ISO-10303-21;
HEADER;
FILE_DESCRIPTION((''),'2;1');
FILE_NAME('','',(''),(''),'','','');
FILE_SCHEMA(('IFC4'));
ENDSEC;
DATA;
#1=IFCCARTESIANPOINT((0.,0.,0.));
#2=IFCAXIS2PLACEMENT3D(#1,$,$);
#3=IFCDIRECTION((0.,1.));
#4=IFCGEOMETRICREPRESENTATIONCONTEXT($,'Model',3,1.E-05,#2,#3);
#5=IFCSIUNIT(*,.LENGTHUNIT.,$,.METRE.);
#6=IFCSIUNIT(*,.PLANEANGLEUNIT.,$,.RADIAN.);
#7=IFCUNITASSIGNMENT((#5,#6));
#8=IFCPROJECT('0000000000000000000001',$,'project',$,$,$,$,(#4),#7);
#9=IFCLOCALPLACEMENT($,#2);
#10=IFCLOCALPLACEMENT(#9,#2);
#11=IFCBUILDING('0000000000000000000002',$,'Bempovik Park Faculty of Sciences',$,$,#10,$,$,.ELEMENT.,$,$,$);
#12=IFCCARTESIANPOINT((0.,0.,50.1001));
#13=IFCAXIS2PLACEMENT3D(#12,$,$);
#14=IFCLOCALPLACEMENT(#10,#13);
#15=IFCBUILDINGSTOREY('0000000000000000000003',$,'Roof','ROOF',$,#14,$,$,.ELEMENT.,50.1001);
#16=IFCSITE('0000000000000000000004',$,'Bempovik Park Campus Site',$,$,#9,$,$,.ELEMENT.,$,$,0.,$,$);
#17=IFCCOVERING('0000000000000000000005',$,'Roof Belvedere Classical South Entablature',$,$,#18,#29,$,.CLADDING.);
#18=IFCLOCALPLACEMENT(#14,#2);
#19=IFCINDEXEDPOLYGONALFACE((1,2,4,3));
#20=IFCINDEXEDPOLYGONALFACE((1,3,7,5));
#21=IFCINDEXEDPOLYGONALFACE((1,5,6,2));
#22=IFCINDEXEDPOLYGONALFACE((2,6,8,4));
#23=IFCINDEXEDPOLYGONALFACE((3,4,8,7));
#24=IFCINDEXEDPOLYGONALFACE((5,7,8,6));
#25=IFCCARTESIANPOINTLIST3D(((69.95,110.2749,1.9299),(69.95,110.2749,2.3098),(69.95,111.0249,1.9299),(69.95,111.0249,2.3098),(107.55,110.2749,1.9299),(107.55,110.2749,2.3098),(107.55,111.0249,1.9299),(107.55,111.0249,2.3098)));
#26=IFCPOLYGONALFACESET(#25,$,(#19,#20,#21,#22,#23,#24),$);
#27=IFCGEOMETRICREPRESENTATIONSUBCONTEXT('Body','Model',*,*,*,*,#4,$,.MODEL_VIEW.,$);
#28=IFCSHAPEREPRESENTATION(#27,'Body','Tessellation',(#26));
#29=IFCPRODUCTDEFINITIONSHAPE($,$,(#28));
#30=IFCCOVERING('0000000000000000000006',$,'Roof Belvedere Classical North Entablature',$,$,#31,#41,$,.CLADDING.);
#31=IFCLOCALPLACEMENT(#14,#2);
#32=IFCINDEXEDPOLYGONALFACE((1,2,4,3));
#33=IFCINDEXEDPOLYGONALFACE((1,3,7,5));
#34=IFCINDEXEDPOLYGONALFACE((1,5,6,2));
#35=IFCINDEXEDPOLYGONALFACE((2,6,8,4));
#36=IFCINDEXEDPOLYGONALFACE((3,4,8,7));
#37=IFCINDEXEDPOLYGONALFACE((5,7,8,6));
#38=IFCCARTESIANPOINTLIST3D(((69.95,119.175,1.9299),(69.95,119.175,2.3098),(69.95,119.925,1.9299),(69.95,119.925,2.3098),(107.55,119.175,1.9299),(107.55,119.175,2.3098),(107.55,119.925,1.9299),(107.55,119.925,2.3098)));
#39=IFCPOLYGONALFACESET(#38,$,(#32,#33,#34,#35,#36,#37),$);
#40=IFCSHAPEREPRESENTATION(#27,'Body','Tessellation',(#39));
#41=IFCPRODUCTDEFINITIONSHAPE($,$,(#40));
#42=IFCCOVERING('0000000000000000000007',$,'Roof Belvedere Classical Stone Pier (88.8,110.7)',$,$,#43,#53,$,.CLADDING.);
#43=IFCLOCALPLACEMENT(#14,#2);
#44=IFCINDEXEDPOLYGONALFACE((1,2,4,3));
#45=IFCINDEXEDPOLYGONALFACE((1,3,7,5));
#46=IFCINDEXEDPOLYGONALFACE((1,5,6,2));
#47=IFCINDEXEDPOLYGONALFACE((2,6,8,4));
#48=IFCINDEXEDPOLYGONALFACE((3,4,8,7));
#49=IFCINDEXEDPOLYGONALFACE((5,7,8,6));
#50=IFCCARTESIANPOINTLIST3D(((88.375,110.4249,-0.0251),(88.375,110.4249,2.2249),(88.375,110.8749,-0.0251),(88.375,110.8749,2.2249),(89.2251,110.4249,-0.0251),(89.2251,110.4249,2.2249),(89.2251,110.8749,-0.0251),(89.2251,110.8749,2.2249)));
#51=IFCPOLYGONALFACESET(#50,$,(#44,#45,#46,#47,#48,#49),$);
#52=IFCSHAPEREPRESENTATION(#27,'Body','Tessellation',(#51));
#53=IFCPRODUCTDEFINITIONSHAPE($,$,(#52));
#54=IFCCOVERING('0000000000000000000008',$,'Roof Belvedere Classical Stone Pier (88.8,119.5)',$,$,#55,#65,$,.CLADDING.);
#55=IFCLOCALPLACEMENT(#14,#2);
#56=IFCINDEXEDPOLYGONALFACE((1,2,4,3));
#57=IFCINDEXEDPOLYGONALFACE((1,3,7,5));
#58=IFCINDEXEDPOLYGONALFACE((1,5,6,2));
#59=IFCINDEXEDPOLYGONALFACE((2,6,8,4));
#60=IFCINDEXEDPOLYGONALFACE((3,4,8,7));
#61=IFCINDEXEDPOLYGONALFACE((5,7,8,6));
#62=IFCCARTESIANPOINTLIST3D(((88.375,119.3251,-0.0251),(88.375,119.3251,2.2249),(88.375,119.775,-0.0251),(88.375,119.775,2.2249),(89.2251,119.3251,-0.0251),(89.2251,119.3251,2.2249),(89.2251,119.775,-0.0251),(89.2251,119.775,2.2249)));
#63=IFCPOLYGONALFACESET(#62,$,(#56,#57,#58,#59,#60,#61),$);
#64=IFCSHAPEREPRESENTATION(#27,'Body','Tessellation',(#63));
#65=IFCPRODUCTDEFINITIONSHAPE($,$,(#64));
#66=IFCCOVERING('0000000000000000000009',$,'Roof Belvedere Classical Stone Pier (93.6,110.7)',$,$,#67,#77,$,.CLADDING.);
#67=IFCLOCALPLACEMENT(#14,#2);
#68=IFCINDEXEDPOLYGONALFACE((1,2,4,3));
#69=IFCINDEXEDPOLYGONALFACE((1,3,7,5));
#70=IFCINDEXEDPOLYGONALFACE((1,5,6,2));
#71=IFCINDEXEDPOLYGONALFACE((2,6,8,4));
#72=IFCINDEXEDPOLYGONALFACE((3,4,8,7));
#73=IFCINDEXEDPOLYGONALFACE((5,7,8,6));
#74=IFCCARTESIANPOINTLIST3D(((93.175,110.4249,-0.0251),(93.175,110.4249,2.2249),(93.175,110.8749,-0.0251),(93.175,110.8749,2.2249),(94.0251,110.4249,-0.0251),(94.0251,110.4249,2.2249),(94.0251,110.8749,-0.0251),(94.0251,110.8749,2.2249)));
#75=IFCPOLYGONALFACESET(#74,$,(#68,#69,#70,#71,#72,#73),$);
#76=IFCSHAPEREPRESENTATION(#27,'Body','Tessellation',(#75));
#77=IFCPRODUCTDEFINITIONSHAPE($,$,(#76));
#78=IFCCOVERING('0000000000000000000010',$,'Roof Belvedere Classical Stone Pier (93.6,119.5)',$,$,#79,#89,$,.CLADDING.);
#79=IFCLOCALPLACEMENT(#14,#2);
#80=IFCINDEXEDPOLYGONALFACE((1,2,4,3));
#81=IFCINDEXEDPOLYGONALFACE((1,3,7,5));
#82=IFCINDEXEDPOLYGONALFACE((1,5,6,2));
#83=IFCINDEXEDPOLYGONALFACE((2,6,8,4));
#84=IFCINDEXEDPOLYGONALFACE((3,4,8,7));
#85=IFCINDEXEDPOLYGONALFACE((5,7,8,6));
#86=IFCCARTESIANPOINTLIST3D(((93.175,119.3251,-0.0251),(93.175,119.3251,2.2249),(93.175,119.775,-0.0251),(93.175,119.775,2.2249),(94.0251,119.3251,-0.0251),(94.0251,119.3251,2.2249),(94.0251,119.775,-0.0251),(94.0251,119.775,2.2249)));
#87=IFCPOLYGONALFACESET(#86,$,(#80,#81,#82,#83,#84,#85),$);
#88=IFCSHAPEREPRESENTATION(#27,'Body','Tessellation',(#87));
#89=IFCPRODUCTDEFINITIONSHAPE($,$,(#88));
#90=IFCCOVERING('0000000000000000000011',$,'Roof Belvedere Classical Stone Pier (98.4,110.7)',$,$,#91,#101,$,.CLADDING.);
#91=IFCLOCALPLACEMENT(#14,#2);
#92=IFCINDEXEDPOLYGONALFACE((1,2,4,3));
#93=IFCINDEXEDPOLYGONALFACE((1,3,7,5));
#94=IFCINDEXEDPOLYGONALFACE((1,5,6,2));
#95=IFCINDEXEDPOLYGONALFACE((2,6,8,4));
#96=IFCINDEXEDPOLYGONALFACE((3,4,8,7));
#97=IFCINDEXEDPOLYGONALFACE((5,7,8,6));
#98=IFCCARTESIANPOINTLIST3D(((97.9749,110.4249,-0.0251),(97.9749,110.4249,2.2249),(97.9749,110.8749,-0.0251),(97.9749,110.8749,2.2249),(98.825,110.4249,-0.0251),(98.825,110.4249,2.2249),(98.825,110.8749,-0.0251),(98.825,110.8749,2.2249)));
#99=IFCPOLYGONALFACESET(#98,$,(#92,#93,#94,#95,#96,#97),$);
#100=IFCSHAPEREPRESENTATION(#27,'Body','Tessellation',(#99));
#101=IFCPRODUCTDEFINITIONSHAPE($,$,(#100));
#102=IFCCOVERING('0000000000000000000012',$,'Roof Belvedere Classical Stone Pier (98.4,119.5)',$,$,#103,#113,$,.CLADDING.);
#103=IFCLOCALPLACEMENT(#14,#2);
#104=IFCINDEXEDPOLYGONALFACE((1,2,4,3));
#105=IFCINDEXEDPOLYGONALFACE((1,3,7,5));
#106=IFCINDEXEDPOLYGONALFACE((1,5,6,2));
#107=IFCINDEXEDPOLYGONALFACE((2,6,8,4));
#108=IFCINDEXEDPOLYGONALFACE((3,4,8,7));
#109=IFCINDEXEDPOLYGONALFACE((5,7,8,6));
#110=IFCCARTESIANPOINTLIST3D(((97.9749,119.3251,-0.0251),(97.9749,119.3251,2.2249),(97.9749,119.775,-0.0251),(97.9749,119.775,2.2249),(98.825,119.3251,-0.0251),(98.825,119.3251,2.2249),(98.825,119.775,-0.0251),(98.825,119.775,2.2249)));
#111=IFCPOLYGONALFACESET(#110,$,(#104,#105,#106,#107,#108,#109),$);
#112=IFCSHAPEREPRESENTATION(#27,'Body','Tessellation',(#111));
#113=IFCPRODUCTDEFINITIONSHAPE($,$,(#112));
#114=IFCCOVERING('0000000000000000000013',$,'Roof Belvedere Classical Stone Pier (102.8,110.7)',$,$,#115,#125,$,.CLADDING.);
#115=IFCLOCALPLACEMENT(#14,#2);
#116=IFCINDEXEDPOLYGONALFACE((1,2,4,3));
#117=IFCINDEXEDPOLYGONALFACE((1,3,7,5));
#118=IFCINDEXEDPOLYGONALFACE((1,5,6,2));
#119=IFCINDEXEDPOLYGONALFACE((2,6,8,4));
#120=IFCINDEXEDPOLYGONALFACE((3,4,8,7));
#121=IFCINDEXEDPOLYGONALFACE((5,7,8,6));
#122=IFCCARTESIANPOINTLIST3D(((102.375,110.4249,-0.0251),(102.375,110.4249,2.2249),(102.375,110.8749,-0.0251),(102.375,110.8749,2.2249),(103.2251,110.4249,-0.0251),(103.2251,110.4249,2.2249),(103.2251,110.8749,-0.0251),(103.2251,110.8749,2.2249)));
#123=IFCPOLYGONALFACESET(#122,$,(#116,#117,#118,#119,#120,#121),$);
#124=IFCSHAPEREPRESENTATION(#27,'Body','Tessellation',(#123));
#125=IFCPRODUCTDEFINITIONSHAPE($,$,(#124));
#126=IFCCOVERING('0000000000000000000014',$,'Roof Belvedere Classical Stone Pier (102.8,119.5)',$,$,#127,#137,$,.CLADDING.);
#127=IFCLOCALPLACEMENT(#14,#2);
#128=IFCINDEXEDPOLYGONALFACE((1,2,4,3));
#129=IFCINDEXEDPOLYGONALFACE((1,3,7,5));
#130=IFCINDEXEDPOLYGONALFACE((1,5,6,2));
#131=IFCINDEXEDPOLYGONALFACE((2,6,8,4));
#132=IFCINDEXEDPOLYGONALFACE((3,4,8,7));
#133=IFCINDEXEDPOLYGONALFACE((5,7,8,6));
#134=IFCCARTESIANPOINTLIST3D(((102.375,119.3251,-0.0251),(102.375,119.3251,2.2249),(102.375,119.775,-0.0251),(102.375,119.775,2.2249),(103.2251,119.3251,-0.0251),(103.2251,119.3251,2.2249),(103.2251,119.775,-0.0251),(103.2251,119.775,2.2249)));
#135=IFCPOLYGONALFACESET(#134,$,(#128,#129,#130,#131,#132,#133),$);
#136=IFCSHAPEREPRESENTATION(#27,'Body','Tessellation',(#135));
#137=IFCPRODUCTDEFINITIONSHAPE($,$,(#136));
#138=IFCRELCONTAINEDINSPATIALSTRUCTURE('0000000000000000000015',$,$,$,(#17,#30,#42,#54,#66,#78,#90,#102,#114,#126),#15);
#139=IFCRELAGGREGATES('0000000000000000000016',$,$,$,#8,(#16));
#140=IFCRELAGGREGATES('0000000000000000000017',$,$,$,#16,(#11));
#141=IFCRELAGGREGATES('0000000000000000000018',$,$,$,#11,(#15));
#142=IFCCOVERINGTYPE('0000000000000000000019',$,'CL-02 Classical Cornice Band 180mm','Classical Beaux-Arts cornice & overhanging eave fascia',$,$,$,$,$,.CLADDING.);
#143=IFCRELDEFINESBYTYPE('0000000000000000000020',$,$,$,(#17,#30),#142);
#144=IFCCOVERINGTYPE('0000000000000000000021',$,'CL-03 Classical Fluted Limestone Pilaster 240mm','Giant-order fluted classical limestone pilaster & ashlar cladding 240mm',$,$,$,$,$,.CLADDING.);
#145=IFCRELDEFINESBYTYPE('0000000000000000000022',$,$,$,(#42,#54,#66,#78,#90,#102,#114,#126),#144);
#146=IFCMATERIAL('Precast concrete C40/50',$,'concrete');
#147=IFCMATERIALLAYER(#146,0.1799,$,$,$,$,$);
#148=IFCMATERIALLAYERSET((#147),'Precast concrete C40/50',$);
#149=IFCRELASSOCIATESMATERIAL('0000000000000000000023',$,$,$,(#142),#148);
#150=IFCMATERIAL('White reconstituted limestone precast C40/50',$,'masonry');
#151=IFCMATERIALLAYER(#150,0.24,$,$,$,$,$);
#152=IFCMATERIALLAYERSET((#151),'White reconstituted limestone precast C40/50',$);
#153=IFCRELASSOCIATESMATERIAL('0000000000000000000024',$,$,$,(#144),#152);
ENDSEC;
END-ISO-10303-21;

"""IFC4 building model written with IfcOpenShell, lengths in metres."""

from ifc_helpers import new_model, si_unit, direction, frame, origin, origin_2d, place, context, subcontext, project, spatial, rectangle, extrude, material, layer, layer_set, type_object, element, save


model = new_model("IFC4")

# Units and contexts
model_context = context("Model", 3, precision=1e-05, world=origin(), true_north=direction((0.0, 1.0)))
body_context = subcontext(model_context, "Body", "Model", "MODEL_VIEW")
ifc_project = project(units=[si_unit("LENGTHUNIT", "METRE"), si_unit("PLANEANGLEUNIT", "RADIAN")], contexts=[model_context])

# Site, building, storey
site_placement = place(None, origin())
site = spatial("IfcSite", under=ifc_project, at=site_placement, Name="Bempovik Park Campus Site", CompositionType="ELEMENT", RefElevation=0.0)
building_placement = place(site_placement, origin())
building = spatial("IfcBuilding", under=site, at=building_placement, Name="Bempovik Park Faculty of Sciences", CompositionType="ELEMENT")
storey_placement = place(building_placement, frame((0.0, 0.0, 50.1001)))
storey = spatial("IfcBuildingStorey", under=building, at=storey_placement, Name="Roof", Description="ROOF", CompositionType="ELEMENT", Elevation=50.1001)

# Shared definitions
ifc_material_1 = material(Name="Precast concrete C40/50", Category="concrete")

# Coverings
ifc_layer_1 = layer(ifc_material_1, 0.1799)
ifc_layer_set_1 = layer_set([ifc_layer_1], Name="Precast concrete C40/50")
covering_type_1 = type_object("IfcCoveringType", Name="CL-02 Classical Cornice Band 180mm", Description="Classical Beaux-Arts cornice & overhanging eave fascia", PredefinedType="CLADDING", material=ifc_layer_set_1)
for number, where, z_axis, x_axis, name in (
    (1, (88.75, 110.6499, 1.9299), (0.0, 0.0, 1.0), (1.0, 0.0, 0.0), "Roof Belvedere Classical South Entablature"),
    (2, (88.75, 119.55, 1.9299), (0.0, 0.0, 1.0), (1.0, 0.0, 0.0), "Roof Belvedere Classical North Entablature"),
):
    element("IfcCovering", number, at=place(storey_placement, frame(where, z_axis=z_axis, x_axis=x_axis)), inside=storey, type_object=covering_type_1, Name=name, PredefinedType="CLADDING", context=body_context, shape_type="SweptSolid", body=[
        extrude(rectangle(XDim=37.6001, YDim=0.75, at=origin_2d()), origin(), (0.0, 0.0, 1.0), 0.3799),
    ])
ifc_material_2 = material(Name="White reconstituted limestone precast C40/50", Category="masonry")
ifc_layer_2 = layer(ifc_material_2, 0.24)
ifc_layer_set_2 = layer_set([ifc_layer_2], Name="White reconstituted limestone precast C40/50")
covering_type_2 = type_object("IfcCoveringType", Name="CL-03 Classical Fluted Limestone Pilaster 240mm", Description="Giant-order fluted classical limestone pilaster & ashlar cladding 240mm", PredefinedType="CLADDING", material=ifc_layer_set_2)
for number, where, z_axis, x_axis, name in (
    (3, (88.8, 110.6499, -0.0251), (0.0, 0.0, 1.0), (1.0, 0.0, 0.0), "Roof Belvedere Classical Stone Pier (88.8,110.7)"),
    (4, (88.8, 119.55, -0.0251), (0.0, 0.0, 1.0), (1.0, 0.0, 0.0), "Roof Belvedere Classical Stone Pier (88.8,119.5)"),
    (5, (93.6001, 110.6499, -0.0251), (0.0, 0.0, 1.0), (1.0, 0.0, 0.0), "Roof Belvedere Classical Stone Pier (93.6,110.7)"),
    (6, (93.6001, 119.55, -0.0251), (0.0, 0.0, 1.0), (1.0, 0.0, 0.0), "Roof Belvedere Classical Stone Pier (93.6,119.5)"),
    (7, (98.3999, 110.6499, -0.0251), (0.0, 0.0, 1.0), (1.0, 0.0, 0.0), "Roof Belvedere Classical Stone Pier (98.4,110.7)"),
    (8, (98.3999, 119.55, -0.0251), (0.0, 0.0, 1.0), (1.0, 0.0, 0.0), "Roof Belvedere Classical Stone Pier (98.4,119.5)"),
    (9, (102.8, 110.6499, -0.0251), (0.0, 0.0, 1.0), (1.0, 0.0, 0.0), "Roof Belvedere Classical Stone Pier (102.8,110.7)"),
    (10, (102.8, 119.55, -0.0251), (0.0, 0.0, 1.0), (1.0, 0.0, 0.0), "Roof Belvedere Classical Stone Pier (102.8,119.5)"),
):
    element("IfcCovering", number, at=place(storey_placement, frame(where, z_axis=z_axis, x_axis=x_axis)), inside=storey, type_object=covering_type_2, Name=name, PredefinedType="CLADDING", context=body_context, shape_type="SweptSolid", body=[
        extrude(rectangle(XDim=0.8501, YDim=0.45, at=origin_2d()), origin(), (0.0, 0.0, 1.0), 2.25),
    ])

save(model, "model.ifc")
